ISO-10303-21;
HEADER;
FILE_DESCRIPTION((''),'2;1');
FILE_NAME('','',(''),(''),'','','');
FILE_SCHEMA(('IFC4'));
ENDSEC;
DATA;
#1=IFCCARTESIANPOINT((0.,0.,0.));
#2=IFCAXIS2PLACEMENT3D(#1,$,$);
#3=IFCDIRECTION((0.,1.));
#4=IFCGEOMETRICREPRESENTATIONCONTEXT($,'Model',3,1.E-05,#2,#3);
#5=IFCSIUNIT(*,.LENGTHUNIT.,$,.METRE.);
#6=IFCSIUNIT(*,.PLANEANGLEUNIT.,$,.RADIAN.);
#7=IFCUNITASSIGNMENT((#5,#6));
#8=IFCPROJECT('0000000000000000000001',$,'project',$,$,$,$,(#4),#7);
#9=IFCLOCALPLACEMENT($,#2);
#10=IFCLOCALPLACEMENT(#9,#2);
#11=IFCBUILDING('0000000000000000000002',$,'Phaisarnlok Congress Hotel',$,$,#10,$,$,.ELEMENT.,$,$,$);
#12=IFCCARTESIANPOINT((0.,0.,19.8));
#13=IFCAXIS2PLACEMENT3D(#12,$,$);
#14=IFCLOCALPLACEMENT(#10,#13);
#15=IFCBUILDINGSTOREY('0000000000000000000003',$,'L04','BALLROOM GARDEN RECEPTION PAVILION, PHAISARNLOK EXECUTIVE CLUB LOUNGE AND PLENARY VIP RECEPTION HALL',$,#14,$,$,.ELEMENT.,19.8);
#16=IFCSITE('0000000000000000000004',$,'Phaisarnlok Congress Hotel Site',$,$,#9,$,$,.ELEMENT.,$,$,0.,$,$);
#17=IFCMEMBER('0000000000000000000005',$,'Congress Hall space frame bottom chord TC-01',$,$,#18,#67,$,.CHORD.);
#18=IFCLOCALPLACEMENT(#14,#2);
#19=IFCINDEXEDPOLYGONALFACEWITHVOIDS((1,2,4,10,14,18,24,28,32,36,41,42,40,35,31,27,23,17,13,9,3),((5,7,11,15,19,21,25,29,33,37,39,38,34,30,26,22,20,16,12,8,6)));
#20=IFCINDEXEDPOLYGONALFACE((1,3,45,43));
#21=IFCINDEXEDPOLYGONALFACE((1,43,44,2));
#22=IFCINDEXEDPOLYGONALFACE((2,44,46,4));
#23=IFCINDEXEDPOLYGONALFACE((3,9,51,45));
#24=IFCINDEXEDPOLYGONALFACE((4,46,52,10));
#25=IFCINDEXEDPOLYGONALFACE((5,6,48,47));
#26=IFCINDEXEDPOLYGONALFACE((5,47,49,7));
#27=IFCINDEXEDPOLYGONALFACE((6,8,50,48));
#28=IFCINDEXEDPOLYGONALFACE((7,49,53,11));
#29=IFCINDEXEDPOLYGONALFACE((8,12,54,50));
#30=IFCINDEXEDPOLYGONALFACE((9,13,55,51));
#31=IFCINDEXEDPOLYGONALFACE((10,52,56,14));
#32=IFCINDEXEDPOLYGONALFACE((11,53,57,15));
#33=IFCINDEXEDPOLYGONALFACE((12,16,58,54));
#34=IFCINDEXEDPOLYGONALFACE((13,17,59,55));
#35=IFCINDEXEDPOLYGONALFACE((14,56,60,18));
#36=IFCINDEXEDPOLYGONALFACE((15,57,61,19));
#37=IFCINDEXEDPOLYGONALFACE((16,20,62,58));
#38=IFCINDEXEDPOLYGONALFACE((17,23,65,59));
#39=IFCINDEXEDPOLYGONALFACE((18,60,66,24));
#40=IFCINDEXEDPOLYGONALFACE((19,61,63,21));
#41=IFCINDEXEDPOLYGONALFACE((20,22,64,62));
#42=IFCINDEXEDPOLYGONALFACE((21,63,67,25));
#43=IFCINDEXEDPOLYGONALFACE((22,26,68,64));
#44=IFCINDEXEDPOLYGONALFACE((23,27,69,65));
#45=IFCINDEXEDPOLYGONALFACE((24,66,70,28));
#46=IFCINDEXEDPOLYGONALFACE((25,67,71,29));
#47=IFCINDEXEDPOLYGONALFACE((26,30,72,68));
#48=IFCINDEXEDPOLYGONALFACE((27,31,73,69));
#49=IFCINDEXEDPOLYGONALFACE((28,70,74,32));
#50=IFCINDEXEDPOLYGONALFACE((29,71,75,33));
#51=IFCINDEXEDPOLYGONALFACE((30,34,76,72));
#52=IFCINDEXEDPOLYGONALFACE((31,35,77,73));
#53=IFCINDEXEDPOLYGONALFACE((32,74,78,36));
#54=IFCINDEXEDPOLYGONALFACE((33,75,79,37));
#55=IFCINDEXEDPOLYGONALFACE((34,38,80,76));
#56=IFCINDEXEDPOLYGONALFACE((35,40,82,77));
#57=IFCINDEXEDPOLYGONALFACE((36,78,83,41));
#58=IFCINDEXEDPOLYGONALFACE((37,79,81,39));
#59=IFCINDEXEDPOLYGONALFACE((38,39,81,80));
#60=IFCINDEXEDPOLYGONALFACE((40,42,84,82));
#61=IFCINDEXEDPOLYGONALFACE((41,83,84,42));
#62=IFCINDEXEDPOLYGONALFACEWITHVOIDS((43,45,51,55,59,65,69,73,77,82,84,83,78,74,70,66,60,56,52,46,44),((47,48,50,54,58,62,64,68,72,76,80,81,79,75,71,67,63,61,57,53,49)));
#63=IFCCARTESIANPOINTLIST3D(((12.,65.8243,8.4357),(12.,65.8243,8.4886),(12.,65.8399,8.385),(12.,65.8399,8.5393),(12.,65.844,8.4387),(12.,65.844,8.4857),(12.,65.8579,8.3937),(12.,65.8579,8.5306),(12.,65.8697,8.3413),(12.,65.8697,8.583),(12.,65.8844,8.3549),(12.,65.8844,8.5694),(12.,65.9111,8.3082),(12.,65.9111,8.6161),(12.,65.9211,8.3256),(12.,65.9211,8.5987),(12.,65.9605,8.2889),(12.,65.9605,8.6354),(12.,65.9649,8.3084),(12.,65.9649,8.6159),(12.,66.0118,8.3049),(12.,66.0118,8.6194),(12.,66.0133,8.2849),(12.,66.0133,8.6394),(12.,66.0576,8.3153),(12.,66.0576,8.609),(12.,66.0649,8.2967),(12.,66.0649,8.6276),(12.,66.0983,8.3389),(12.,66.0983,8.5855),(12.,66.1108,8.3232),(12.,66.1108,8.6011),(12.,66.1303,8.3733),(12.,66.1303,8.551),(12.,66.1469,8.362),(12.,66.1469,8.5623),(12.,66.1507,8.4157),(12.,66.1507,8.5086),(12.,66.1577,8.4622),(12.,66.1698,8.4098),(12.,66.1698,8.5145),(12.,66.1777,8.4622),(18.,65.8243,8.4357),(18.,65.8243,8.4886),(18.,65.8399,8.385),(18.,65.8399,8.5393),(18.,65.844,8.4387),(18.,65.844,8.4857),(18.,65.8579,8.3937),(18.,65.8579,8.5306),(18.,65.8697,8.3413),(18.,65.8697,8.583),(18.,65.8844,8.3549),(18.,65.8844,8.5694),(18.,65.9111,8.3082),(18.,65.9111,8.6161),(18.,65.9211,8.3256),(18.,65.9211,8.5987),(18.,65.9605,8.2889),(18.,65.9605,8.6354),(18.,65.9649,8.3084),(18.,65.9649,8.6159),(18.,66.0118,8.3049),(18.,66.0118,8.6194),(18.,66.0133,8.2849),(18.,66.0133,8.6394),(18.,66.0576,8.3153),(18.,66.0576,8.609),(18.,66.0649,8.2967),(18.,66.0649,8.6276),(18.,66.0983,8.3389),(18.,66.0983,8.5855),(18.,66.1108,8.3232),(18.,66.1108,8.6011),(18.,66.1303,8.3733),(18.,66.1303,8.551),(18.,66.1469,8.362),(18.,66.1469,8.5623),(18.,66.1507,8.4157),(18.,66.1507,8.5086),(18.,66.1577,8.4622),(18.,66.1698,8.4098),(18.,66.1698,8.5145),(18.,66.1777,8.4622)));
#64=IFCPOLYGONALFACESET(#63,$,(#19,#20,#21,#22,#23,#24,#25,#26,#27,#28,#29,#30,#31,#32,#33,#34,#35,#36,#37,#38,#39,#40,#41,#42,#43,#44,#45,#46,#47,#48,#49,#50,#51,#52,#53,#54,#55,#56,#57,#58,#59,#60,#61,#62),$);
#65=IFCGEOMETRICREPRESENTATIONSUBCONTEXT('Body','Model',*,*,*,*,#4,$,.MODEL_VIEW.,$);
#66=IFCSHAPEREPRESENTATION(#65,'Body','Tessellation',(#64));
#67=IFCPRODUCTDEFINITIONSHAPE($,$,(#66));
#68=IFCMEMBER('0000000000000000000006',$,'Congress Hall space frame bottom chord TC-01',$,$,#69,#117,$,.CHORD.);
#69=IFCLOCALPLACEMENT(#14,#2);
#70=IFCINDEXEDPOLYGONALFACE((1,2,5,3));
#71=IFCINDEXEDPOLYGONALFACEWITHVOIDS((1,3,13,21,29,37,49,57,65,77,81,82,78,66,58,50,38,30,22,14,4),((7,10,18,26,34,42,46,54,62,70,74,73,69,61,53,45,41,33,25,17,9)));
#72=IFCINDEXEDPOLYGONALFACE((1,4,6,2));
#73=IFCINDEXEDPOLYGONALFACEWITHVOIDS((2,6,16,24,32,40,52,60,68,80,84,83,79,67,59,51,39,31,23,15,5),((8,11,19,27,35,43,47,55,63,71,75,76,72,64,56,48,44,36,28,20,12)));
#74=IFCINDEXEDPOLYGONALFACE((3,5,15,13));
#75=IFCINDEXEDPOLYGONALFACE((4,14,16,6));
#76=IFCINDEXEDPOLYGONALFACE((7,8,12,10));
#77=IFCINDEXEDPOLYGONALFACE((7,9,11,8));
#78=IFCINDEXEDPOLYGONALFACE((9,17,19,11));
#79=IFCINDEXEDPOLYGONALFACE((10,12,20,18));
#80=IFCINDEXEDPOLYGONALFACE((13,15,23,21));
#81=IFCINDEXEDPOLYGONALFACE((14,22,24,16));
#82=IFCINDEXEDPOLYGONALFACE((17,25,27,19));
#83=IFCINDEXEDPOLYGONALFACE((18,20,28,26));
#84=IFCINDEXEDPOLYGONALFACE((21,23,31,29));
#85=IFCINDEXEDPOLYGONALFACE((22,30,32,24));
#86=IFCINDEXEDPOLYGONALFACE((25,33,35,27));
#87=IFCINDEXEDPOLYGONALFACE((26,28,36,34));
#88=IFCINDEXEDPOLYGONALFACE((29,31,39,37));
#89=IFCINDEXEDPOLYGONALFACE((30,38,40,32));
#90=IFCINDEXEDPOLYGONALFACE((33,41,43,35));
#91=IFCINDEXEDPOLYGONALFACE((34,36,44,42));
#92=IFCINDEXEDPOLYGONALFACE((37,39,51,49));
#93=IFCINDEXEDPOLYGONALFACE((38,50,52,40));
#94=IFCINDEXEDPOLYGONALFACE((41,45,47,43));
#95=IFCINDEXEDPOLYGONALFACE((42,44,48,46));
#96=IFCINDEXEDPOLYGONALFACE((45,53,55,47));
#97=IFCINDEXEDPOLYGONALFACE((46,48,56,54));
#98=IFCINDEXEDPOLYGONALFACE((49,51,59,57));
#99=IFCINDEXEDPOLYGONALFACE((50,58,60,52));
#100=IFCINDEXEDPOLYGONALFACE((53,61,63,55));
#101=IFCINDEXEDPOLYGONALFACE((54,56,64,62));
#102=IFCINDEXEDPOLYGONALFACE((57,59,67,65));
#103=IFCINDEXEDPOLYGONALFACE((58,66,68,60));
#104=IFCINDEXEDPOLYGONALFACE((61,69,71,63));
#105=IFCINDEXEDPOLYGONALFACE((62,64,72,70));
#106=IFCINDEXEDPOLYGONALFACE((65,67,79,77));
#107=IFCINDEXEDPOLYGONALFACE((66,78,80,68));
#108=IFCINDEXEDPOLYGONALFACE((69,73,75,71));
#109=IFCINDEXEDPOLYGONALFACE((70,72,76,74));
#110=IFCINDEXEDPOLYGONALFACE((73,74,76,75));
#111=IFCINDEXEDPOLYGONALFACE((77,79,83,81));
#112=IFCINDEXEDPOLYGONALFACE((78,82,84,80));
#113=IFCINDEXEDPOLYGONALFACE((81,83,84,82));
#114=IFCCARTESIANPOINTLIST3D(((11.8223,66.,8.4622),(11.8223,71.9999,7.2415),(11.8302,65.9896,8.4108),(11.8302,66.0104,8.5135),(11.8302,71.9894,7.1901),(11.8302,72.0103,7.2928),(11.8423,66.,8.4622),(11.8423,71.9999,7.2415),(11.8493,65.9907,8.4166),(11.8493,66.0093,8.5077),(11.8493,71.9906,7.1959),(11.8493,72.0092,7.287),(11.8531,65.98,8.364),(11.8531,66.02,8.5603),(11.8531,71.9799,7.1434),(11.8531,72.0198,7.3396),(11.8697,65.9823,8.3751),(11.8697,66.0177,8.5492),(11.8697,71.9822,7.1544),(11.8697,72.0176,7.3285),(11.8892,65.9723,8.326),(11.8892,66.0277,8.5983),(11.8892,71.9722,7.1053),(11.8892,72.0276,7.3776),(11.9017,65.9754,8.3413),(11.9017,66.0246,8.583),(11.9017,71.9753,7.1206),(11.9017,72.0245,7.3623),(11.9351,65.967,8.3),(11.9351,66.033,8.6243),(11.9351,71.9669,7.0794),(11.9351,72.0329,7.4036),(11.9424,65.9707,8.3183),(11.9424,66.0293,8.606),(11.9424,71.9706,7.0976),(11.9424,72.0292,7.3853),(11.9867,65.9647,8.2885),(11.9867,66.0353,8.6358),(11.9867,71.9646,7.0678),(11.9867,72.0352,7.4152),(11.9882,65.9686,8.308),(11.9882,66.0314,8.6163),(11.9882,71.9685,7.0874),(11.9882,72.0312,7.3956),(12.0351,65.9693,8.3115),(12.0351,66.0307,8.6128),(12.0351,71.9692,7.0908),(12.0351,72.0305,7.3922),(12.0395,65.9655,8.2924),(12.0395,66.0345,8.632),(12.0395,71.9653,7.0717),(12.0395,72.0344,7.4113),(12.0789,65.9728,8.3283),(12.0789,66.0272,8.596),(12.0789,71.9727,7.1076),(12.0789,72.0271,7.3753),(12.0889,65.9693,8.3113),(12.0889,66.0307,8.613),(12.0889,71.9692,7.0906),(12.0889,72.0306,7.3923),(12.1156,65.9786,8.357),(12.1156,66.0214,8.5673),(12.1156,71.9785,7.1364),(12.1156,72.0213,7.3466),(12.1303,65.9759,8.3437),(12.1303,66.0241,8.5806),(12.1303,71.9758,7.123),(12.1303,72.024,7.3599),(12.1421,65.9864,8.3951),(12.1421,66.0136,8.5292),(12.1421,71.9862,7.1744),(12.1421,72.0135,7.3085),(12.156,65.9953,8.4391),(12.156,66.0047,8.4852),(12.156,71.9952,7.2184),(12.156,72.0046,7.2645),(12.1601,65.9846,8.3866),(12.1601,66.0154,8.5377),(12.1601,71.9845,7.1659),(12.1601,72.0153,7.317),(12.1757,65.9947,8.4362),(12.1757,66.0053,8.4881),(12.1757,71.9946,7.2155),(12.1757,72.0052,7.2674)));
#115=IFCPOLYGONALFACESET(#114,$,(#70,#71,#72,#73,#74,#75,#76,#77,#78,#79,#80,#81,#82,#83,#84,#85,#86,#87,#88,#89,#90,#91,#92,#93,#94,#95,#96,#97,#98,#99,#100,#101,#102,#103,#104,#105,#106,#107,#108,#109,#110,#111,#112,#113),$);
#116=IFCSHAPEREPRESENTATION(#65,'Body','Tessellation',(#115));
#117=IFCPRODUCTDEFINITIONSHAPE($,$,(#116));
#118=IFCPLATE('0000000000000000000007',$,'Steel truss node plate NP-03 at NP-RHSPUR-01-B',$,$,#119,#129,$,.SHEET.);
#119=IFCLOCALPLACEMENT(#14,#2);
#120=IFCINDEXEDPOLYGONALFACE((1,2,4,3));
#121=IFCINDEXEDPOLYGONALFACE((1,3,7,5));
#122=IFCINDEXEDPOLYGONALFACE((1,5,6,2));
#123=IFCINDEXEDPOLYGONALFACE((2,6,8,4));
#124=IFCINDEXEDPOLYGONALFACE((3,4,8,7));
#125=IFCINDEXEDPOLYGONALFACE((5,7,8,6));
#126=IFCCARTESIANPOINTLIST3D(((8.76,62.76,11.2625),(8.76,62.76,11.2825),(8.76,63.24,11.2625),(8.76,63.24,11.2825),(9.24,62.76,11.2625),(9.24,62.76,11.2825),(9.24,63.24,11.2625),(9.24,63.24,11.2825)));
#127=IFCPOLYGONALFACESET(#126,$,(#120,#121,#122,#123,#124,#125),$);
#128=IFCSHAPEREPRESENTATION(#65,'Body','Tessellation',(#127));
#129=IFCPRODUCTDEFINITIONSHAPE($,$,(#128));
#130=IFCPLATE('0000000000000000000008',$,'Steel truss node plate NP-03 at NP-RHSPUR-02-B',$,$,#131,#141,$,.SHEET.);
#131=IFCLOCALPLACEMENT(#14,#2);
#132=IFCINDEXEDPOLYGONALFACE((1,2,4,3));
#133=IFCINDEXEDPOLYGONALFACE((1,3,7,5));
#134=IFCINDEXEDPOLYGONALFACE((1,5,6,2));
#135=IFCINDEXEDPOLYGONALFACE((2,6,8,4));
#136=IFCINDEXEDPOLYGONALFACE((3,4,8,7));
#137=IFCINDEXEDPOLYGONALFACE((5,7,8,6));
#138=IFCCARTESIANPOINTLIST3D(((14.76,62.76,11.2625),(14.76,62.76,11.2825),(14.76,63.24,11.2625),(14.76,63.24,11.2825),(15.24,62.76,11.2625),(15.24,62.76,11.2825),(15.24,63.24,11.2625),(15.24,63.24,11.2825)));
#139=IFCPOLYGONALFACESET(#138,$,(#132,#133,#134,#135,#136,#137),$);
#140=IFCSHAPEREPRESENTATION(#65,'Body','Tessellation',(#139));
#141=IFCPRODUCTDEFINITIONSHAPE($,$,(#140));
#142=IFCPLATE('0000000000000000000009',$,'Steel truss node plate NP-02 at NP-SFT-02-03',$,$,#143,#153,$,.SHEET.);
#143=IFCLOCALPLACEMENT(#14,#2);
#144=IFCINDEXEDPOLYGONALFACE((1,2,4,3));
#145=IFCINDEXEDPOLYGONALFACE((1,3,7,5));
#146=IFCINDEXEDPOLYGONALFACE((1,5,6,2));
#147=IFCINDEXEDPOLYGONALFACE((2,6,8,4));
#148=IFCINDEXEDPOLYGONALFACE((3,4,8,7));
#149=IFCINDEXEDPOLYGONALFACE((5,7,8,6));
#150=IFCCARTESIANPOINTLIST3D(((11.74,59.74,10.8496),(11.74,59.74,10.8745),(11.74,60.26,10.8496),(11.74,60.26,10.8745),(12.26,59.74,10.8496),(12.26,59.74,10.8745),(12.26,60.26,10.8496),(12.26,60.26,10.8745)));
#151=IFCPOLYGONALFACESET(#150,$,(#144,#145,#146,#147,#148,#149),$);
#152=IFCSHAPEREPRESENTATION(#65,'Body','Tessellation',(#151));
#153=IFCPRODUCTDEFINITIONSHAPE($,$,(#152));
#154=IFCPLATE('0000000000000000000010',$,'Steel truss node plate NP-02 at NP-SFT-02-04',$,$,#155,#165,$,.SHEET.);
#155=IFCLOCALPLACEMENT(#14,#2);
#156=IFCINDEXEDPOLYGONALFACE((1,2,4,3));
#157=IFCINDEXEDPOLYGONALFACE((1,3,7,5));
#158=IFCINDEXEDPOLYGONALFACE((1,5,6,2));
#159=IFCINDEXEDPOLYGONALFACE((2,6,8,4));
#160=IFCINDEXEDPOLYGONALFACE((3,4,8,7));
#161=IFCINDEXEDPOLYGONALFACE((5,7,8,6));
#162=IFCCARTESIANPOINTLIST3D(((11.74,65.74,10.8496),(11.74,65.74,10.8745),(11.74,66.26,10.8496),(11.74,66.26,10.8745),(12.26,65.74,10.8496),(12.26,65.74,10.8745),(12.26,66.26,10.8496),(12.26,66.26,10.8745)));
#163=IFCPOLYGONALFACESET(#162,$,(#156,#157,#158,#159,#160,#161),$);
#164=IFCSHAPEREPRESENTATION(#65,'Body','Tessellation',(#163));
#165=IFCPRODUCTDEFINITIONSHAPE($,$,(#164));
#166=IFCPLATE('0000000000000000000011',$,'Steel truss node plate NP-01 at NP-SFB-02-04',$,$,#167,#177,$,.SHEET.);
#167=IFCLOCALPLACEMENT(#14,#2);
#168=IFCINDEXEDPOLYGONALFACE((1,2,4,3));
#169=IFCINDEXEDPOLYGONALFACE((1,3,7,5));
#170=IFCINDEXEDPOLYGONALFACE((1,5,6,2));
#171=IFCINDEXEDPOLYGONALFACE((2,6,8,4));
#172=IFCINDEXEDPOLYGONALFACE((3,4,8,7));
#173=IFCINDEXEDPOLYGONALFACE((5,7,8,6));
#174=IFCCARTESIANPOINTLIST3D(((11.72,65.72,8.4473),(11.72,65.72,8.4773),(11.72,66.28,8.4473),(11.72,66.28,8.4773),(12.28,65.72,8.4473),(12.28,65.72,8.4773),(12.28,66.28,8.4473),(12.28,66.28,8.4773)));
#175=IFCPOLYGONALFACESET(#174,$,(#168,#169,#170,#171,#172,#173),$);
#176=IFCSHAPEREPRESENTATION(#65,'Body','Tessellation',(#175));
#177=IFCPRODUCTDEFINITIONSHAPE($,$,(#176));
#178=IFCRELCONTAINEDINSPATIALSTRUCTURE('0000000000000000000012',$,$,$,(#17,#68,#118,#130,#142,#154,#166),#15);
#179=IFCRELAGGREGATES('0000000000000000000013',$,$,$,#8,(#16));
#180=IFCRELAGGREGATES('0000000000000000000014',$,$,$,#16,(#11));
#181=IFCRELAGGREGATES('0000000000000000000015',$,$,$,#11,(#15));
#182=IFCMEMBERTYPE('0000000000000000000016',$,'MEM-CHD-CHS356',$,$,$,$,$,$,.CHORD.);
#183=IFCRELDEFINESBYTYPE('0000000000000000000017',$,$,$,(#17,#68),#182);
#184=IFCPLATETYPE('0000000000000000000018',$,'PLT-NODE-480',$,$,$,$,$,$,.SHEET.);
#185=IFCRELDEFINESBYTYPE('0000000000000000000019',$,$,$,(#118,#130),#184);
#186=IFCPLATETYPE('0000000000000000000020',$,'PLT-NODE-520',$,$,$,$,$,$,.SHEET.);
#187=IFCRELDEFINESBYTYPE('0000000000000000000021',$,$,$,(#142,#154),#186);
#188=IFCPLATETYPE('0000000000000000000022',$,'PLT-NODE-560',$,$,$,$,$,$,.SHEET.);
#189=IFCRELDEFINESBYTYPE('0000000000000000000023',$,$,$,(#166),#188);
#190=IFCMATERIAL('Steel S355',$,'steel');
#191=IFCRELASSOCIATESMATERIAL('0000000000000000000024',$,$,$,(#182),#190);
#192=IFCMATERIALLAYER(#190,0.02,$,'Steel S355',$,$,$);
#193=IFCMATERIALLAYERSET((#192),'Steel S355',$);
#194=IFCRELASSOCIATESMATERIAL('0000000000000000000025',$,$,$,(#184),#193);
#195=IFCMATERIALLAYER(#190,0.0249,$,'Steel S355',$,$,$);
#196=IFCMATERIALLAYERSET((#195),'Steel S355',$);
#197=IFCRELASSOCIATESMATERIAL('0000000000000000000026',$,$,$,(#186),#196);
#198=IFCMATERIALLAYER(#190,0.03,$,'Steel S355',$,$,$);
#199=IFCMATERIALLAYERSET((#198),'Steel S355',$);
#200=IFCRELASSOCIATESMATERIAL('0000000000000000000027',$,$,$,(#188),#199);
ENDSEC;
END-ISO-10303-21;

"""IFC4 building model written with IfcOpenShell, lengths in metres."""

from ifc_helpers import new_model, si_unit, direction, frame, origin, origin_2d, place, context, subcontext, project, spatial, rectangle, hollow_circle, extrude, material, layer, layer_set, material_profile, profile_set, type_object, element, save


model = new_model("IFC4")

# Units and contexts
model_context = context("Model", 3, precision=1e-05, world=origin(), true_north=direction((0.0, 1.0)))
body_context = subcontext(model_context, "Body", "Model", "MODEL_VIEW")
ifc_project = project(units=[si_unit("LENGTHUNIT", "METRE"), si_unit("PLANEANGLEUNIT", "RADIAN")], contexts=[model_context])

# Site, building, storey
site_placement = place(None, origin())
site = spatial("IfcSite", under=ifc_project, at=site_placement, Name="Phaisarnlok Congress Hotel Site", CompositionType="ELEMENT", RefElevation=0.0)
building_placement = place(site_placement, origin())
building = spatial("IfcBuilding", under=site, at=building_placement, Name="Phaisarnlok Congress Hotel", CompositionType="ELEMENT")
storey_placement = place(building_placement, frame((0.0, 0.0, 19.8)))
storey = spatial("IfcBuildingStorey", under=building, at=storey_placement, Name="L04", Description="BALLROOM GARDEN RECEPTION PAVILION, PHAISARNLOK EXECUTIVE CLUB LOUNGE AND PLENARY VIP RECEPTION HALL", CompositionType="ELEMENT", Elevation=19.8)

# Members
ifc_material = material(Name="Steel S355", Category="steel")
ifc_material_profile_1 = material_profile(ifc_material, hollow_circle(Radius=0.1777, WallThickness=0.02, at=origin_2d()), Name="CHS 355.6x20")
ifc_profile_set_1 = profile_set([ifc_material_profile_1], Name="Steel S355")
member_type_1 = type_object("IfcMemberType", Name="MEM-CHD-CHS356", PredefinedType="CHORD", material=ifc_profile_set_1)
for number, where, z_axis, x_axis, name in (
    (1, (12.0, 66.0, 8.4622), (1.0, 0.0, 0.0), (0.0, 1.0, 0.0), "Congress Hall space frame bottom chord TC-01"),
):
    element("IfcMember", number, at=place(storey_placement, frame(where, z_axis=z_axis, x_axis=x_axis)), inside=storey, type_object=member_type_1, Name=name, PredefinedType="CHORD", context=body_context, shape_type="SweptSolid", body=[
        extrude(hollow_circle(Radius=0.1777, WallThickness=0.02, at=origin_2d()), origin(), (0.0, 0.0, 1.0), 6.0),
    ])
member_1_placement = place(storey_placement, frame((12.0, 66.0, 8.4622), z_axis=(0.0, 0.979925, -0.199366), x_axis=(-1.0, 0.0, 0.0)))
element("IfcMember", 2, at=member_1_placement, inside=storey, type_object=member_type_1, Name="Congress Hall space frame bottom chord TC-01", PredefinedType="CHORD", context=body_context, shape_type="SweptSolid", body=[
    extrude(hollow_circle(Radius=0.1777, WallThickness=0.02, at=origin_2d()), origin(), (0.0, 0.0, 1.0), 6.1228),
])

# Plates
ifc_layer_1 = layer(ifc_material, 0.02, Name="Steel S355")
ifc_layer_set_1 = layer_set([ifc_layer_1], Name="Steel S355")
plate_type_1 = type_object("IfcPlateType", Name="PLT-NODE-480", PredefinedType="SHEET", material=ifc_layer_set_1)
for number, where, z_axis, x_axis, name in (
    (3, (9.0, 63.0, 11.2625), (0.0, 0.0, 1.0), (1.0, 0.0, 0.0), "Steel truss node plate NP-03 at NP-RHSPUR-01-B"),
    (4, (15.0, 63.0, 11.2625), (0.0, 0.0, 1.0), (1.0, 0.0, 0.0), "Steel truss node plate NP-03 at NP-RHSPUR-02-B"),
):
    element("IfcPlate", number, at=place(storey_placement, frame(where, z_axis=z_axis, x_axis=x_axis)), inside=storey, type_object=plate_type_1, Name=name, PredefinedType="SHEET", context=body_context, shape_type="SweptSolid", body=[
        extrude(rectangle(XDim=0.48, YDim=0.48, at=origin_2d()), origin(), (0.0, 0.0, 1.0), 0.02),
    ])
ifc_layer_2 = layer(ifc_material, 0.0249, Name="Steel S355")
ifc_layer_set_2 = layer_set([ifc_layer_2], Name="Steel S355")
plate_type_2 = type_object("IfcPlateType", Name="PLT-NODE-520", PredefinedType="SHEET", material=ifc_layer_set_2)
for number, where, z_axis, x_axis, name in (
    (5, (12.0, 60.0, 10.8496), (0.0, 0.0, 1.0), (1.0, 0.0, 0.0), "Steel truss node plate NP-02 at NP-SFT-02-03"),
    (6, (12.0, 66.0, 10.8496), (0.0, 0.0, 1.0), (1.0, 0.0, 0.0), "Steel truss node plate NP-02 at NP-SFT-02-04"),
):
    element("IfcPlate", number, at=place(storey_placement, frame(where, z_axis=z_axis, x_axis=x_axis)), inside=storey, type_object=plate_type_2, Name=name, PredefinedType="SHEET", context=body_context, shape_type="SweptSolid", body=[
        extrude(rectangle(XDim=0.52, YDim=0.52, at=origin_2d()), origin(), (0.0, 0.0, 1.0), 0.0249),
    ])
ifc_layer_3 = layer(ifc_material, 0.03, Name="Steel S355")
ifc_layer_set_3 = layer_set([ifc_layer_3], Name="Steel S355")
plate_type_3 = type_object("IfcPlateType", Name="PLT-NODE-560", PredefinedType="SHEET", material=ifc_layer_set_3)
plate_placement = place(storey_placement, frame((12.0, 66.0, 8.4473), z_axis=(0.0, 0.0, 1.0), x_axis=(1.0, 0.0, 0.0)))
element("IfcPlate", 7, at=plate_placement, inside=storey, type_object=plate_type_3, Name="Steel truss node plate NP-01 at NP-SFB-02-04", PredefinedType="SHEET", context=body_context, shape_type="SweptSolid", body=[
    extrude(rectangle(XDim=0.5601, YDim=0.5601, at=origin_2d()), origin(), (0.0, 0.0, 1.0), 0.03),
])

save(model, "model.ifc")
